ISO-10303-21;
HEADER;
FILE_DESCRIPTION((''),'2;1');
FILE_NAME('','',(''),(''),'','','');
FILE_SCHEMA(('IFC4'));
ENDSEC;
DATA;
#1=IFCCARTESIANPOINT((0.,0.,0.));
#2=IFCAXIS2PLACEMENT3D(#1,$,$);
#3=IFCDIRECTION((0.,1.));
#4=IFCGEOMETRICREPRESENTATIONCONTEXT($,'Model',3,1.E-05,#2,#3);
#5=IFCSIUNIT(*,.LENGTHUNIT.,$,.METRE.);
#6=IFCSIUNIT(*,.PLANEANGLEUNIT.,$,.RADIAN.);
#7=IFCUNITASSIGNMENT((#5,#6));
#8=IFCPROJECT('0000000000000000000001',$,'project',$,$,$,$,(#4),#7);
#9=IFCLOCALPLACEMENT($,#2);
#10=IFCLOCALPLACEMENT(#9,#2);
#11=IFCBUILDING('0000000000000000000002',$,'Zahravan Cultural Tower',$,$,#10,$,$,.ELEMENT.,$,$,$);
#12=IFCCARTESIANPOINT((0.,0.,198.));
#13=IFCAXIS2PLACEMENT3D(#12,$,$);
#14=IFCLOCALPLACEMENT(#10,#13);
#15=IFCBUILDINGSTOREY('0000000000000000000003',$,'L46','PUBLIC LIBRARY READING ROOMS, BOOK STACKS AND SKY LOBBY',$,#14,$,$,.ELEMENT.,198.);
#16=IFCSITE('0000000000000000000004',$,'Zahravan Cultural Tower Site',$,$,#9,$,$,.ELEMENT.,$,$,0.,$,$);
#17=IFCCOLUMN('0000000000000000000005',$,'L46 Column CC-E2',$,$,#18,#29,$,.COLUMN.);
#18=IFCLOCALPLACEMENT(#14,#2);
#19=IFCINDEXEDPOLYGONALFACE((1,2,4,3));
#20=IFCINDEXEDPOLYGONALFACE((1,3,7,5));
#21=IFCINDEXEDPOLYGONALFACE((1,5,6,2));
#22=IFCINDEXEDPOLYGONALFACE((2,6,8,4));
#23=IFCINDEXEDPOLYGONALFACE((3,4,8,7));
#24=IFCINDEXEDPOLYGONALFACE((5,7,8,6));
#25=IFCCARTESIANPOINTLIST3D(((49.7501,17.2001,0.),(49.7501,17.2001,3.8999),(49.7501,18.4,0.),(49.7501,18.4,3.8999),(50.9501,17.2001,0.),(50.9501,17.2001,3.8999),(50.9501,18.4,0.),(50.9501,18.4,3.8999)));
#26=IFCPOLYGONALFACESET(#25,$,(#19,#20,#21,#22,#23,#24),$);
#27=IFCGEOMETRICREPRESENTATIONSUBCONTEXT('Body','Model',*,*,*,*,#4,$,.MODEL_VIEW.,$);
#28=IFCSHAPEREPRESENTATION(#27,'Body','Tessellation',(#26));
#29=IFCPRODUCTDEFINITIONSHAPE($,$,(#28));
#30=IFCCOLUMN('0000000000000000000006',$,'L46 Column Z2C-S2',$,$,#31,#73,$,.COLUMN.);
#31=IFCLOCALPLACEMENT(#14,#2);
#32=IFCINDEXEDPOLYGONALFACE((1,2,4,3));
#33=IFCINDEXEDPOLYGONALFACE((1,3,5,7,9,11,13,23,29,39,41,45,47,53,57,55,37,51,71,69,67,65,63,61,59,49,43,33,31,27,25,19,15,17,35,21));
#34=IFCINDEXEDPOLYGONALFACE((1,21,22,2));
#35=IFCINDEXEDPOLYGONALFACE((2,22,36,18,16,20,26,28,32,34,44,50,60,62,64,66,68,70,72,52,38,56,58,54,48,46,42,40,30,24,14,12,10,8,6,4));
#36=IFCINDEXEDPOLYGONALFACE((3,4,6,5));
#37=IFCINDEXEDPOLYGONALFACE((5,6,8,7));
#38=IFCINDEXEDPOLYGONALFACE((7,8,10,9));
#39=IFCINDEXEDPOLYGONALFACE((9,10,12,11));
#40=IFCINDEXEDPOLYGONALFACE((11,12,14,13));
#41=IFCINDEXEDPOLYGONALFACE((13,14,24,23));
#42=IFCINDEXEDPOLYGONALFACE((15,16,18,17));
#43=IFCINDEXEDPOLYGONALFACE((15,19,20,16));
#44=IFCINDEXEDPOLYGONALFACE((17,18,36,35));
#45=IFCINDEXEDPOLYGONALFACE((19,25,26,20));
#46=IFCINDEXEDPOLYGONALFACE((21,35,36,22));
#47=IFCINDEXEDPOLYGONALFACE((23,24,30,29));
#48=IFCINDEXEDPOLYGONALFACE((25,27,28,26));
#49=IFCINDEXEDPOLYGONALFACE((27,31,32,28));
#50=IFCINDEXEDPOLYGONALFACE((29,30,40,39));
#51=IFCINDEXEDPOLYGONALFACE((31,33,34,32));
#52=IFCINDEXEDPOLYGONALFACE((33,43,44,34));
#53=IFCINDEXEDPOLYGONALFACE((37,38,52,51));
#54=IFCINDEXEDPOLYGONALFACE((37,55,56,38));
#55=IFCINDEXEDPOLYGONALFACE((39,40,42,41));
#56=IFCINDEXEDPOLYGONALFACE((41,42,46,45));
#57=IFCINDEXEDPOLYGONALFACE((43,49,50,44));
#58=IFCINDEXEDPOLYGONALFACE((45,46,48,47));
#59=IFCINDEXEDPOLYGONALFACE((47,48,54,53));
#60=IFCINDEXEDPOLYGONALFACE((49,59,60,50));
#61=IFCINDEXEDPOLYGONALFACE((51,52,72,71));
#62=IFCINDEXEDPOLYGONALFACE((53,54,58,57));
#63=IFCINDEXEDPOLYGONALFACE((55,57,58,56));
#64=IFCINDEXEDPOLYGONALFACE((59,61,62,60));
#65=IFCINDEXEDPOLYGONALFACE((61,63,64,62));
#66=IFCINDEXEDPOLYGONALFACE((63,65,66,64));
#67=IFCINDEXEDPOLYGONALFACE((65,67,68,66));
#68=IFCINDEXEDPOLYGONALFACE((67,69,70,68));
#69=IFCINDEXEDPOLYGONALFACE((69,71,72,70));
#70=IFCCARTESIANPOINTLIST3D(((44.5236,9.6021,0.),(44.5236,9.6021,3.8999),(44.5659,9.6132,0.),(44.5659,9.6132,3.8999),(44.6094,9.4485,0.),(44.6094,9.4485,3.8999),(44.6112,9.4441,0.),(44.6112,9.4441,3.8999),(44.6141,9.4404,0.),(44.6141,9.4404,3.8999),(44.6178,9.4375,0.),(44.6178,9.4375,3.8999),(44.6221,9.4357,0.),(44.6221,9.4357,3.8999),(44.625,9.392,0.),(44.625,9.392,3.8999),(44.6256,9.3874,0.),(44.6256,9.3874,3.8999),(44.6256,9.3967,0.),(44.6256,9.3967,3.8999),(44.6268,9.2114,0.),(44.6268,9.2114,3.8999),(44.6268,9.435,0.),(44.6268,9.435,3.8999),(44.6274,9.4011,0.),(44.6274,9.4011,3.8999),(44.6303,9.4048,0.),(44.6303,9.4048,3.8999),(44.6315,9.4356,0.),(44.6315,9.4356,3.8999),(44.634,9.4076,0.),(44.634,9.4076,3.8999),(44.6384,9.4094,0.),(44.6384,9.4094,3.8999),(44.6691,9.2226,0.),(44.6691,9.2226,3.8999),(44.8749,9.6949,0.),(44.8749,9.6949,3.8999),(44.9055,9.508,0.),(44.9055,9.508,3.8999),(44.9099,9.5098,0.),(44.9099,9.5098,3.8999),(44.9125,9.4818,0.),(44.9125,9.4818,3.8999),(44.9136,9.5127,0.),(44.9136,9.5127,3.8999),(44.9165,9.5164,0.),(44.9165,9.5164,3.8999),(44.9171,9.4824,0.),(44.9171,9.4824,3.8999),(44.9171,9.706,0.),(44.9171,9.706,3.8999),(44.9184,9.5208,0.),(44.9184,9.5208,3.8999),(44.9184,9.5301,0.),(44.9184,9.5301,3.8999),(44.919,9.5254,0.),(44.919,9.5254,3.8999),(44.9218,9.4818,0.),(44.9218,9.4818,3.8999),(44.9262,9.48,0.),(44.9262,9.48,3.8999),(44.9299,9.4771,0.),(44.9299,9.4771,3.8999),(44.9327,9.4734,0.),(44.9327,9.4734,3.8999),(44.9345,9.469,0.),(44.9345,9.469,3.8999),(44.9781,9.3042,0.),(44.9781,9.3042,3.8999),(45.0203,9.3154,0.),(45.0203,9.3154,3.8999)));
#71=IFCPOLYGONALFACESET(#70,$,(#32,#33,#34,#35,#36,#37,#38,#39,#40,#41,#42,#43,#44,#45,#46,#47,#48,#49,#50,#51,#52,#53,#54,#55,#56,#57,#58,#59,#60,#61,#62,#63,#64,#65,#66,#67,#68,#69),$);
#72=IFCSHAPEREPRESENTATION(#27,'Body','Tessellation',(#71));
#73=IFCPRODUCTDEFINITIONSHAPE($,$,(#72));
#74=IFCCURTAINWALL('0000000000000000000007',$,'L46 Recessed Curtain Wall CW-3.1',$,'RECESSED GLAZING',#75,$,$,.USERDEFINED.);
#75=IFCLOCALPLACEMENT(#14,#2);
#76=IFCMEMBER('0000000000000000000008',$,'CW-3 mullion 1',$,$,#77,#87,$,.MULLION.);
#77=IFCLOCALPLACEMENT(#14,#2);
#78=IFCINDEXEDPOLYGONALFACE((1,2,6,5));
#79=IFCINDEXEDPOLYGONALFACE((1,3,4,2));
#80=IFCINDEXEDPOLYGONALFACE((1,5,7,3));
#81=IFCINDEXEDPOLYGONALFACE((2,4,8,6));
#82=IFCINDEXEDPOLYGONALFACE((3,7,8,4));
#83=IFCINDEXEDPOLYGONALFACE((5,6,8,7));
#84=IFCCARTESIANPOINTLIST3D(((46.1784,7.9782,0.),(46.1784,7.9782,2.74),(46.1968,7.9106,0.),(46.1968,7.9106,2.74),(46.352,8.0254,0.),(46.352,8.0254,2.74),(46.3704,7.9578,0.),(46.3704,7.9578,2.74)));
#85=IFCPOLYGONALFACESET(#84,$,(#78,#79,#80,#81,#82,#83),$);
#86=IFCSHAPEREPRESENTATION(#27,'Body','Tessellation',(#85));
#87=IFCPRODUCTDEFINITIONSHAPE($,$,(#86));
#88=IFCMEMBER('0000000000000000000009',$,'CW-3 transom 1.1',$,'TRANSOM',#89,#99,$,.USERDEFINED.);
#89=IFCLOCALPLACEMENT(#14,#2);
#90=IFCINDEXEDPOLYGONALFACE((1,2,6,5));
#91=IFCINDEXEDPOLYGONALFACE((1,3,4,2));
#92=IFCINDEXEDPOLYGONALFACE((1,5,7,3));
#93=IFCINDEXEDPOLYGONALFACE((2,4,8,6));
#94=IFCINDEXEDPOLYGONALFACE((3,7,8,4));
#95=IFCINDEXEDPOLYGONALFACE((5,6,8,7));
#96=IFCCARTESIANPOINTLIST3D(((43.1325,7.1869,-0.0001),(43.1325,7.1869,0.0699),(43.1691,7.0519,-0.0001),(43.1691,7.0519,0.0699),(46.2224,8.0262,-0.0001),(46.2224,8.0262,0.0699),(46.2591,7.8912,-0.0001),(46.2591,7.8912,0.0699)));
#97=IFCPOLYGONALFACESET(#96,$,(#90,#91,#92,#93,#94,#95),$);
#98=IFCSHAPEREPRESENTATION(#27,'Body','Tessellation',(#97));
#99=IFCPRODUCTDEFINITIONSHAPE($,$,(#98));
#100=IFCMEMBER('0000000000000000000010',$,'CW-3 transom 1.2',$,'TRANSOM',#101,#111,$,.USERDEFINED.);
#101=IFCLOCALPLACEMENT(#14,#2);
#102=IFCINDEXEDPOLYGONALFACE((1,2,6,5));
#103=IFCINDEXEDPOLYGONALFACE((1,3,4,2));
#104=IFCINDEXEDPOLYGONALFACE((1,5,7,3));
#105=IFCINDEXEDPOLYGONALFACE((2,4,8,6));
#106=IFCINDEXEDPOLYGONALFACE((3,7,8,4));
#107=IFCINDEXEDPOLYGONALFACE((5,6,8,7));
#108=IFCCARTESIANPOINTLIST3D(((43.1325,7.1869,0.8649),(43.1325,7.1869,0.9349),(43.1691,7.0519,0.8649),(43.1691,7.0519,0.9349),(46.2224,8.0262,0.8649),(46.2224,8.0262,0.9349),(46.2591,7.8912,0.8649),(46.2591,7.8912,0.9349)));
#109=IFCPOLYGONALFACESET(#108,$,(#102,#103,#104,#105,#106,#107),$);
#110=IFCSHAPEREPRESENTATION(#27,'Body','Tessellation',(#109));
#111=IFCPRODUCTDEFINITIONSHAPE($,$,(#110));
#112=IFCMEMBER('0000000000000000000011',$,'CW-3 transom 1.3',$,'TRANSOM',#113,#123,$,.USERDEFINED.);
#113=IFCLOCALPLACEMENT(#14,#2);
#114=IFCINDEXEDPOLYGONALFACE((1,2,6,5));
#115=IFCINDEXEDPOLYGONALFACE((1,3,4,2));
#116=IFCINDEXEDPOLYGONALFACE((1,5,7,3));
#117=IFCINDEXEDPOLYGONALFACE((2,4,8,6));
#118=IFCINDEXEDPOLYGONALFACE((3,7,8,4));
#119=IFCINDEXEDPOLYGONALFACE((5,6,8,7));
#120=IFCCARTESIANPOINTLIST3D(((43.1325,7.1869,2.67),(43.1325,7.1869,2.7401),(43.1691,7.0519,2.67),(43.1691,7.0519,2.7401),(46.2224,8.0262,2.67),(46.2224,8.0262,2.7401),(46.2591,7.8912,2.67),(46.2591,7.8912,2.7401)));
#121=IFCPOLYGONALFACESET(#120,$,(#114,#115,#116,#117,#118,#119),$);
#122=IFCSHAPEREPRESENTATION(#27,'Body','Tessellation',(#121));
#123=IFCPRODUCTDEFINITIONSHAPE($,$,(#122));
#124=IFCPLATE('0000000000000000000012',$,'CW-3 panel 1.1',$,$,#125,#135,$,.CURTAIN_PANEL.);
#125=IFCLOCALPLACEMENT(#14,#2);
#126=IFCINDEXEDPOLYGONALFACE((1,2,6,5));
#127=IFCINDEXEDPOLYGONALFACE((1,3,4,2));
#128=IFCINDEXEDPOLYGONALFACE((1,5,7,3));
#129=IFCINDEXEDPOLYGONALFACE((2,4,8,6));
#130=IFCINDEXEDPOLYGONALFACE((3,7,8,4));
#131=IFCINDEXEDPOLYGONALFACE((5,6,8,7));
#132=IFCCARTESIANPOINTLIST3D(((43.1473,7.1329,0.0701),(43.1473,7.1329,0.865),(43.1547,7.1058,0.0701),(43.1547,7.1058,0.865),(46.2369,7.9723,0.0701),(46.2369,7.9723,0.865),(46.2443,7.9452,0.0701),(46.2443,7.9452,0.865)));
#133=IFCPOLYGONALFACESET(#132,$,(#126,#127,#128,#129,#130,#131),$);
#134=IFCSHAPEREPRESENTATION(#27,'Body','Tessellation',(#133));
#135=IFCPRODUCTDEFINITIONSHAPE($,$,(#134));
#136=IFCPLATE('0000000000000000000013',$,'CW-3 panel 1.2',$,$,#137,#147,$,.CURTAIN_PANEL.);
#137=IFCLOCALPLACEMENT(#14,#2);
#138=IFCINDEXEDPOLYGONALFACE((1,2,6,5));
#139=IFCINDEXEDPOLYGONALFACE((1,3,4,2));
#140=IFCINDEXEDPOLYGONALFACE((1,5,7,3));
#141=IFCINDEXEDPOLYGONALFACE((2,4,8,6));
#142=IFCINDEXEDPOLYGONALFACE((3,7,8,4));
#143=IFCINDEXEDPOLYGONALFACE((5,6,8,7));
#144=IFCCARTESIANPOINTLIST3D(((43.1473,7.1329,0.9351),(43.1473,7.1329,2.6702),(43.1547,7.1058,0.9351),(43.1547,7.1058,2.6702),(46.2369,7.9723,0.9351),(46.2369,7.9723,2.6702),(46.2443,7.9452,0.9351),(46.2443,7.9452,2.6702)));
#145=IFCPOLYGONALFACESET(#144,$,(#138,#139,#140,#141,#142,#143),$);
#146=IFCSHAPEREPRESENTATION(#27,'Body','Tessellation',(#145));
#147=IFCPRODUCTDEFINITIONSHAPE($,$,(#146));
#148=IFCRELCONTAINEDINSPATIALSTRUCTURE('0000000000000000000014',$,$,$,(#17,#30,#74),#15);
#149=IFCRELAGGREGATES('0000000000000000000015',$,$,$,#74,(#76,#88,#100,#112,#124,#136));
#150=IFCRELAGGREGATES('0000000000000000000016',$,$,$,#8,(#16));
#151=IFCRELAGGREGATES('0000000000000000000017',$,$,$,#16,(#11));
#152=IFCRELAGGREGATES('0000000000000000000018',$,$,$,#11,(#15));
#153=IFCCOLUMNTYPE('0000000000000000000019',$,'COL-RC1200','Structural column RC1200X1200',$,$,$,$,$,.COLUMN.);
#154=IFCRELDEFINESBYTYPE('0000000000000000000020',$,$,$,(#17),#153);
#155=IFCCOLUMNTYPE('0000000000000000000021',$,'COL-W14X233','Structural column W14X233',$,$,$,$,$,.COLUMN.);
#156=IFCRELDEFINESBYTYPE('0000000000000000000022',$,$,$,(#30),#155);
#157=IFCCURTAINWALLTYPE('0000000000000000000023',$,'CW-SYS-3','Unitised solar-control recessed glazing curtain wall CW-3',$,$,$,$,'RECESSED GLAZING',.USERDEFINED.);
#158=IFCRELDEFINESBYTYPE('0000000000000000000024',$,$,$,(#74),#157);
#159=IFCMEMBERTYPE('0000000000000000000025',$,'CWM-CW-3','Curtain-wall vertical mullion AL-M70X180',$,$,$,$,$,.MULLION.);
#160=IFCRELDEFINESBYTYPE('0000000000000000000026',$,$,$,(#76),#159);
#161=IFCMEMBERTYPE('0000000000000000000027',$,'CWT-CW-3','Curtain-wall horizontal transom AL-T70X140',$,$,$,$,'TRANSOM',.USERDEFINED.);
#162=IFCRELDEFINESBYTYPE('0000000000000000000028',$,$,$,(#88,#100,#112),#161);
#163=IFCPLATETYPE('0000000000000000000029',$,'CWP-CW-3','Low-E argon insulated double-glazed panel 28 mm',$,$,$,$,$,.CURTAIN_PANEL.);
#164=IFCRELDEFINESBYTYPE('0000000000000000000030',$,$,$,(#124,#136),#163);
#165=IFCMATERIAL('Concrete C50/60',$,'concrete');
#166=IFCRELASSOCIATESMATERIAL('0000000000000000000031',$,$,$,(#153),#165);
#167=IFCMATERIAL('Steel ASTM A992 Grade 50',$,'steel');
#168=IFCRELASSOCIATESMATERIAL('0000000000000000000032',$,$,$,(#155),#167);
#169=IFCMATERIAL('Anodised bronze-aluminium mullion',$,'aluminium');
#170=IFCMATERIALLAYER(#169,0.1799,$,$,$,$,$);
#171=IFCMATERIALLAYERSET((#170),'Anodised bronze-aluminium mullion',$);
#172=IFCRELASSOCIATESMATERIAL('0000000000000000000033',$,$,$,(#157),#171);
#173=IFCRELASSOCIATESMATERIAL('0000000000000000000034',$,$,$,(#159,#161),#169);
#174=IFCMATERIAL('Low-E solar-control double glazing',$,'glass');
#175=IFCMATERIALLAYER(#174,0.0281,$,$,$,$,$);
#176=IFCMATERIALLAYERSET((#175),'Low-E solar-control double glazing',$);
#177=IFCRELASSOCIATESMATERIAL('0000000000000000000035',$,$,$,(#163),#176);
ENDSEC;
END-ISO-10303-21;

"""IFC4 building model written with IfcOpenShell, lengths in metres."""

from ifc_helpers import new_model, si_unit, direction, frame, origin, origin_2d, place, context, subcontext, project, spatial, rectangle, i_section, extrude, source, transform, mapped, material, layer, layer_set, material_profile, profile_set, type_object, element, aggregate, save


model = new_model("IFC4")

# Units and contexts
model_context = context("Model", 3, precision=1e-05, world=origin(), true_north=direction((0.0, 1.0)))
body_context = subcontext(model_context, "Body", "Model", "MODEL_VIEW")
ifc_project = project(units=[si_unit("LENGTHUNIT", "METRE"), si_unit("PLANEANGLEUNIT", "RADIAN")], contexts=[model_context])

# Site, building, storey
site_placement = place(None, origin())
site = spatial("IfcSite", under=ifc_project, at=site_placement, Name="Zahravan Cultural Tower Site", CompositionType="ELEMENT", RefElevation=0.0)
building_placement = place(site_placement, origin())
building = spatial("IfcBuilding", under=site, at=building_placement, Name="Zahravan Cultural Tower", CompositionType="ELEMENT")
storey_placement = place(building_placement, frame((0.0, 0.0, 198.0)))
storey = spatial("IfcBuildingStorey", under=building, at=storey_placement, Name="L46", Description="PUBLIC LIBRARY READING ROOMS, BOOK STACKS AND SKY LOBBY", CompositionType="ELEMENT", Elevation=198.0)

# Columns
ifc_material_1 = material(Name="Concrete C50/60", Category="concrete")
ifc_material_profile_1 = material_profile(ifc_material_1, rectangle(XDim=1.2, YDim=1.2, at=origin_2d()), Name="RC1200X1200")
ifc_profile_set_1 = profile_set([ifc_material_profile_1], Name="Concrete C50/60")
column_type_1 = type_object("IfcColumnType", Name="COL-RC1200", Description="Structural column RC1200X1200", PredefinedType="COLUMN", material=ifc_profile_set_1)
shared_shape_1 = source(origin(), body_context, "Body", "SweptSolid", [
    extrude(rectangle(XDim=1.2, YDim=1.2, at=origin_2d()), origin(), (0.0, 0.0, 1.0), 3.8999),
])
column_1_placement = place(storey_placement, frame((50.3501, 17.8, 0.0), z_axis=(0.0, 0.0, 1.0), x_axis=(1.0, 0.0, 0.0)))
element("IfcColumn", 1, at=column_1_placement, inside=storey, type_object=column_type_1, Name="L46 Column CC-E2", PredefinedType="COLUMN", context=body_context, shape_type="MappedRepresentation", body=[
    mapped(shared_shape_1, transform((0.0, 0.0, 0.0), x_axis=(1.0, 0.0, 0.0), y_axis=(0.0, 1.0, 0.0), z_axis=(0.0, 0.0, 1.0), scale=1.0)),
])
ifc_material_2 = material(Name="Steel ASTM A992 Grade 50", Category="steel")
ifc_material_profile_2 = material_profile(ifc_material_2, i_section(OverallWidth=0.4041, OverallDepth=0.407, WebThickness=0.0271, FlangeThickness=0.0437, FilletRadius=0.0181, at=origin_2d()), Name="W14X233")
ifc_profile_set_2 = profile_set([ifc_material_profile_2], Name="Steel ASTM A992 Grade 50")
column_type_2 = type_object("IfcColumnType", Name="COL-W14X233", Description="Structural column W14X233", PredefinedType="COLUMN", material=ifc_profile_set_2)
shared_shape_2 = source(origin(), body_context, "Body", "SweptSolid", [
    extrude(i_section(OverallWidth=0.4041, OverallDepth=0.407, WebThickness=0.0271, FlangeThickness=0.0437, FilletRadius=0.0181, at=origin_2d()), origin(), (0.0, 0.0, 1.0), 3.8999),
])
column_2_placement = place(storey_placement, frame((44.772, 9.4587, 0.0), z_axis=(0.0, 0.0, 1.0), x_axis=(-0.255446, 0.966823, 0.0)))
element("IfcColumn", 2, at=column_2_placement, inside=storey, type_object=column_type_2, Name="L46 Column Z2C-S2", PredefinedType="COLUMN", context=body_context, shape_type="MappedRepresentation", body=[
    mapped(shared_shape_2, transform((0.0, 0.0, 0.0), x_axis=(1.0, 0.0, 0.0), y_axis=(0.0, 1.0, 0.0), z_axis=(0.0, 0.0, 1.0), scale=1.0)),
])

# Curtain wall, members, plates
ifc_material_3 = material(Name="Anodised bronze-aluminium mullion", Category="aluminium")
ifc_layer_1 = layer(ifc_material_3, 0.1799)
ifc_layer_set_1 = layer_set([ifc_layer_1], Name="Anodised bronze-aluminium mullion")
curtain_wall_type = type_object("IfcCurtainWallType", Name="CW-SYS-3", Description="Unitised solar-control recessed glazing curtain wall CW-3", ElementType="RECESSED GLAZING", PredefinedType="USERDEFINED", material=ifc_layer_set_1)
curtain_wall_placement = place(storey_placement, origin())
curtain_wall = element("IfcCurtainWall", 3, at=curtain_wall_placement, inside=storey, type_object=curtain_wall_type, Name="L46 Recessed Curtain Wall CW-3.1", ObjectType="RECESSED GLAZING", PredefinedType="USERDEFINED")
ifc_material_profile_3 = material_profile(ifc_material_3, rectangle(XDim=0.0701, YDim=0.1799, at=origin_2d()), Name="AL-M70X180")
ifc_profile_set_3 = profile_set([ifc_material_profile_3], Name="Anodised bronze-aluminium mullion")
member_type_1 = type_object("IfcMemberType", Name="CWM-CW-3", Description="Curtain-wall vertical mullion AL-M70X180", PredefinedType="MULLION", material=ifc_profile_set_3)
shared_shape_3 = source(origin(), body_context, "Body", "SweptSolid", [
    extrude(rectangle(XDim=0.0701, YDim=0.1799, at=origin_2d()), origin(), (0.0, 0.0, 1.0), 2.74),
])
member_1_placement = place(storey_placement, frame((46.2744, 7.968, 0.0), z_axis=(0.0, 0.0, 1.0), x_axis=(0.262187, -0.965017, 0.0)))
member_1 = element("IfcMember", 4, at=member_1_placement, type_object=member_type_1, Name="CW-3 mullion 1", PredefinedType="MULLION", context=body_context, shape_type="MappedRepresentation", body=[
    mapped(shared_shape_3, transform((0.0, 0.0, 0.0), x_axis=(1.0, 0.0, 0.0), y_axis=(0.0, 1.0, 0.0), z_axis=(0.0, 0.0, 1.0), scale=1.0)),
])
ifc_material_profile_4 = material_profile(ifc_material_3, rectangle(XDim=0.1399, YDim=0.0701, at=origin_2d()), Name="AL-T70X140")
ifc_profile_set_4 = profile_set([ifc_material_profile_4], Name="Anodised bronze-aluminium mullion")
member_type_2 = type_object("IfcMemberType", Name="CWT-CW-3", Description="Curtain-wall horizontal transom AL-T70X140", ElementType="TRANSOM", PredefinedType="USERDEFINED", material=ifc_profile_set_4)
shared_shape_4 = source(origin(), body_context, "Body", "SweptSolid", [
    extrude(rectangle(XDim=0.1399, YDim=0.0701, at=origin_2d()), origin(), (0.0, 0.0, 1.0), 3.2019),
])
member_2_placement = place(storey_placement, frame((46.2407, 7.9587, 0.0349), z_axis=(-0.965027, -0.262149, 0.0), x_axis=(0.262149, -0.965027, 0.0)))
member_2 = element("IfcMember", 5, at=member_2_placement, type_object=member_type_2, Name="CW-3 transom 1.1", ObjectType="TRANSOM", PredefinedType="USERDEFINED", context=body_context, shape_type="MappedRepresentation", body=[
    mapped(shared_shape_4, transform((0.0, 0.0, 0.0), x_axis=(1.0, 0.0, 0.0), y_axis=(0.0, 1.0, 0.0), z_axis=(0.0, 0.0, 1.0), scale=1.0)),
])
member_3_placement = place(storey_placement, frame((46.2407, 7.9587, 0.8999), z_axis=(-0.965027, -0.262149, 0.0), x_axis=(0.262149, -0.965027, 0.0)))
member_3 = element("IfcMember", 6, at=member_3_placement, type_object=member_type_2, Name="CW-3 transom 1.2", ObjectType="TRANSOM", PredefinedType="USERDEFINED", context=body_context, shape_type="MappedRepresentation", body=[
    mapped(shared_shape_4, transform((0.0, 0.0, 0.0), x_axis=(1.0, 0.0, 0.0), y_axis=(0.0, 1.0, 0.0), z_axis=(0.0, 0.0, 1.0), scale=1.0)),
])
member_4_placement = place(storey_placement, frame((46.2407, 7.9587, 2.7051), z_axis=(-0.965027, -0.262149, 0.0), x_axis=(0.262149, -0.965027, 0.0)))
member_4 = element("IfcMember", 7, at=member_4_placement, type_object=member_type_2, Name="CW-3 transom 1.3", ObjectType="TRANSOM", PredefinedType="USERDEFINED", context=body_context, shape_type="MappedRepresentation", body=[
    mapped(shared_shape_4, transform((0.0, 0.0, 0.0), x_axis=(1.0, 0.0, 0.0), y_axis=(0.0, 1.0, 0.0), z_axis=(0.0, 0.0, 1.0), scale=1.0)),
])
ifc_material_4 = material(Name="Low-E solar-control double glazing", Category="glass")
ifc_layer_2 = layer(ifc_material_4, 0.0281)
ifc_layer_set_2 = layer_set([ifc_layer_2], Name="Low-E solar-control double glazing")
plate_type = type_object("IfcPlateType", Name="CWP-CW-3", Description="Low-E argon insulated double-glazed panel 28 mm", PredefinedType="CURTAIN_PANEL", material=ifc_layer_set_2)
shared_shape_5 = source(origin(), body_context, "Body", "SweptSolid", [
    extrude(rectangle(XDim=3.2017, YDim=0.0281, at=origin_2d()), origin(), (0.0, 0.0, 1.0), 0.7949),
])
plate_1_placement = place(storey_placement, frame((44.6958, 7.5391, 0.0701), z_axis=(0.0, 0.0, 1.0), x_axis=(-0.965017, -0.262187, 0.0)))
plate_1 = element("IfcPlate", 8, at=plate_1_placement, type_object=plate_type, Name="CW-3 panel 1.1", PredefinedType="CURTAIN_PANEL", context=body_context, shape_type="MappedRepresentation", body=[
    mapped(shared_shape_5, transform((0.0, 0.0, 0.0), x_axis=(1.0, 0.0, 0.0), y_axis=(0.0, 1.0, 0.0), z_axis=(0.0, 0.0, 1.0), scale=1.0)),
])
shared_shape_6 = source(origin(), body_context, "Body", "SweptSolid", [
    extrude(rectangle(XDim=3.2017, YDim=0.0281, at=origin_2d()), origin(), (0.0, 0.0, 1.0), 1.7351),
])
plate_2_placement = place(storey_placement, frame((44.6958, 7.5391, 0.9351), z_axis=(0.0, 0.0, 1.0), x_axis=(-0.965017, -0.262187, 0.0)))
plate_2 = element("IfcPlate", 9, at=plate_2_placement, type_object=plate_type, Name="CW-3 panel 1.2", PredefinedType="CURTAIN_PANEL", context=body_context, shape_type="MappedRepresentation", body=[
    mapped(shared_shape_6, transform((0.0, 0.0, 0.0), x_axis=(1.0, 0.0, 0.0), y_axis=(0.0, 1.0, 0.0), z_axis=(0.0, 0.0, 1.0), scale=1.0)),
])
aggregate(curtain_wall, [member_1, member_2, member_3, member_4, plate_1, plate_2])

save(model, "model.ifc")
